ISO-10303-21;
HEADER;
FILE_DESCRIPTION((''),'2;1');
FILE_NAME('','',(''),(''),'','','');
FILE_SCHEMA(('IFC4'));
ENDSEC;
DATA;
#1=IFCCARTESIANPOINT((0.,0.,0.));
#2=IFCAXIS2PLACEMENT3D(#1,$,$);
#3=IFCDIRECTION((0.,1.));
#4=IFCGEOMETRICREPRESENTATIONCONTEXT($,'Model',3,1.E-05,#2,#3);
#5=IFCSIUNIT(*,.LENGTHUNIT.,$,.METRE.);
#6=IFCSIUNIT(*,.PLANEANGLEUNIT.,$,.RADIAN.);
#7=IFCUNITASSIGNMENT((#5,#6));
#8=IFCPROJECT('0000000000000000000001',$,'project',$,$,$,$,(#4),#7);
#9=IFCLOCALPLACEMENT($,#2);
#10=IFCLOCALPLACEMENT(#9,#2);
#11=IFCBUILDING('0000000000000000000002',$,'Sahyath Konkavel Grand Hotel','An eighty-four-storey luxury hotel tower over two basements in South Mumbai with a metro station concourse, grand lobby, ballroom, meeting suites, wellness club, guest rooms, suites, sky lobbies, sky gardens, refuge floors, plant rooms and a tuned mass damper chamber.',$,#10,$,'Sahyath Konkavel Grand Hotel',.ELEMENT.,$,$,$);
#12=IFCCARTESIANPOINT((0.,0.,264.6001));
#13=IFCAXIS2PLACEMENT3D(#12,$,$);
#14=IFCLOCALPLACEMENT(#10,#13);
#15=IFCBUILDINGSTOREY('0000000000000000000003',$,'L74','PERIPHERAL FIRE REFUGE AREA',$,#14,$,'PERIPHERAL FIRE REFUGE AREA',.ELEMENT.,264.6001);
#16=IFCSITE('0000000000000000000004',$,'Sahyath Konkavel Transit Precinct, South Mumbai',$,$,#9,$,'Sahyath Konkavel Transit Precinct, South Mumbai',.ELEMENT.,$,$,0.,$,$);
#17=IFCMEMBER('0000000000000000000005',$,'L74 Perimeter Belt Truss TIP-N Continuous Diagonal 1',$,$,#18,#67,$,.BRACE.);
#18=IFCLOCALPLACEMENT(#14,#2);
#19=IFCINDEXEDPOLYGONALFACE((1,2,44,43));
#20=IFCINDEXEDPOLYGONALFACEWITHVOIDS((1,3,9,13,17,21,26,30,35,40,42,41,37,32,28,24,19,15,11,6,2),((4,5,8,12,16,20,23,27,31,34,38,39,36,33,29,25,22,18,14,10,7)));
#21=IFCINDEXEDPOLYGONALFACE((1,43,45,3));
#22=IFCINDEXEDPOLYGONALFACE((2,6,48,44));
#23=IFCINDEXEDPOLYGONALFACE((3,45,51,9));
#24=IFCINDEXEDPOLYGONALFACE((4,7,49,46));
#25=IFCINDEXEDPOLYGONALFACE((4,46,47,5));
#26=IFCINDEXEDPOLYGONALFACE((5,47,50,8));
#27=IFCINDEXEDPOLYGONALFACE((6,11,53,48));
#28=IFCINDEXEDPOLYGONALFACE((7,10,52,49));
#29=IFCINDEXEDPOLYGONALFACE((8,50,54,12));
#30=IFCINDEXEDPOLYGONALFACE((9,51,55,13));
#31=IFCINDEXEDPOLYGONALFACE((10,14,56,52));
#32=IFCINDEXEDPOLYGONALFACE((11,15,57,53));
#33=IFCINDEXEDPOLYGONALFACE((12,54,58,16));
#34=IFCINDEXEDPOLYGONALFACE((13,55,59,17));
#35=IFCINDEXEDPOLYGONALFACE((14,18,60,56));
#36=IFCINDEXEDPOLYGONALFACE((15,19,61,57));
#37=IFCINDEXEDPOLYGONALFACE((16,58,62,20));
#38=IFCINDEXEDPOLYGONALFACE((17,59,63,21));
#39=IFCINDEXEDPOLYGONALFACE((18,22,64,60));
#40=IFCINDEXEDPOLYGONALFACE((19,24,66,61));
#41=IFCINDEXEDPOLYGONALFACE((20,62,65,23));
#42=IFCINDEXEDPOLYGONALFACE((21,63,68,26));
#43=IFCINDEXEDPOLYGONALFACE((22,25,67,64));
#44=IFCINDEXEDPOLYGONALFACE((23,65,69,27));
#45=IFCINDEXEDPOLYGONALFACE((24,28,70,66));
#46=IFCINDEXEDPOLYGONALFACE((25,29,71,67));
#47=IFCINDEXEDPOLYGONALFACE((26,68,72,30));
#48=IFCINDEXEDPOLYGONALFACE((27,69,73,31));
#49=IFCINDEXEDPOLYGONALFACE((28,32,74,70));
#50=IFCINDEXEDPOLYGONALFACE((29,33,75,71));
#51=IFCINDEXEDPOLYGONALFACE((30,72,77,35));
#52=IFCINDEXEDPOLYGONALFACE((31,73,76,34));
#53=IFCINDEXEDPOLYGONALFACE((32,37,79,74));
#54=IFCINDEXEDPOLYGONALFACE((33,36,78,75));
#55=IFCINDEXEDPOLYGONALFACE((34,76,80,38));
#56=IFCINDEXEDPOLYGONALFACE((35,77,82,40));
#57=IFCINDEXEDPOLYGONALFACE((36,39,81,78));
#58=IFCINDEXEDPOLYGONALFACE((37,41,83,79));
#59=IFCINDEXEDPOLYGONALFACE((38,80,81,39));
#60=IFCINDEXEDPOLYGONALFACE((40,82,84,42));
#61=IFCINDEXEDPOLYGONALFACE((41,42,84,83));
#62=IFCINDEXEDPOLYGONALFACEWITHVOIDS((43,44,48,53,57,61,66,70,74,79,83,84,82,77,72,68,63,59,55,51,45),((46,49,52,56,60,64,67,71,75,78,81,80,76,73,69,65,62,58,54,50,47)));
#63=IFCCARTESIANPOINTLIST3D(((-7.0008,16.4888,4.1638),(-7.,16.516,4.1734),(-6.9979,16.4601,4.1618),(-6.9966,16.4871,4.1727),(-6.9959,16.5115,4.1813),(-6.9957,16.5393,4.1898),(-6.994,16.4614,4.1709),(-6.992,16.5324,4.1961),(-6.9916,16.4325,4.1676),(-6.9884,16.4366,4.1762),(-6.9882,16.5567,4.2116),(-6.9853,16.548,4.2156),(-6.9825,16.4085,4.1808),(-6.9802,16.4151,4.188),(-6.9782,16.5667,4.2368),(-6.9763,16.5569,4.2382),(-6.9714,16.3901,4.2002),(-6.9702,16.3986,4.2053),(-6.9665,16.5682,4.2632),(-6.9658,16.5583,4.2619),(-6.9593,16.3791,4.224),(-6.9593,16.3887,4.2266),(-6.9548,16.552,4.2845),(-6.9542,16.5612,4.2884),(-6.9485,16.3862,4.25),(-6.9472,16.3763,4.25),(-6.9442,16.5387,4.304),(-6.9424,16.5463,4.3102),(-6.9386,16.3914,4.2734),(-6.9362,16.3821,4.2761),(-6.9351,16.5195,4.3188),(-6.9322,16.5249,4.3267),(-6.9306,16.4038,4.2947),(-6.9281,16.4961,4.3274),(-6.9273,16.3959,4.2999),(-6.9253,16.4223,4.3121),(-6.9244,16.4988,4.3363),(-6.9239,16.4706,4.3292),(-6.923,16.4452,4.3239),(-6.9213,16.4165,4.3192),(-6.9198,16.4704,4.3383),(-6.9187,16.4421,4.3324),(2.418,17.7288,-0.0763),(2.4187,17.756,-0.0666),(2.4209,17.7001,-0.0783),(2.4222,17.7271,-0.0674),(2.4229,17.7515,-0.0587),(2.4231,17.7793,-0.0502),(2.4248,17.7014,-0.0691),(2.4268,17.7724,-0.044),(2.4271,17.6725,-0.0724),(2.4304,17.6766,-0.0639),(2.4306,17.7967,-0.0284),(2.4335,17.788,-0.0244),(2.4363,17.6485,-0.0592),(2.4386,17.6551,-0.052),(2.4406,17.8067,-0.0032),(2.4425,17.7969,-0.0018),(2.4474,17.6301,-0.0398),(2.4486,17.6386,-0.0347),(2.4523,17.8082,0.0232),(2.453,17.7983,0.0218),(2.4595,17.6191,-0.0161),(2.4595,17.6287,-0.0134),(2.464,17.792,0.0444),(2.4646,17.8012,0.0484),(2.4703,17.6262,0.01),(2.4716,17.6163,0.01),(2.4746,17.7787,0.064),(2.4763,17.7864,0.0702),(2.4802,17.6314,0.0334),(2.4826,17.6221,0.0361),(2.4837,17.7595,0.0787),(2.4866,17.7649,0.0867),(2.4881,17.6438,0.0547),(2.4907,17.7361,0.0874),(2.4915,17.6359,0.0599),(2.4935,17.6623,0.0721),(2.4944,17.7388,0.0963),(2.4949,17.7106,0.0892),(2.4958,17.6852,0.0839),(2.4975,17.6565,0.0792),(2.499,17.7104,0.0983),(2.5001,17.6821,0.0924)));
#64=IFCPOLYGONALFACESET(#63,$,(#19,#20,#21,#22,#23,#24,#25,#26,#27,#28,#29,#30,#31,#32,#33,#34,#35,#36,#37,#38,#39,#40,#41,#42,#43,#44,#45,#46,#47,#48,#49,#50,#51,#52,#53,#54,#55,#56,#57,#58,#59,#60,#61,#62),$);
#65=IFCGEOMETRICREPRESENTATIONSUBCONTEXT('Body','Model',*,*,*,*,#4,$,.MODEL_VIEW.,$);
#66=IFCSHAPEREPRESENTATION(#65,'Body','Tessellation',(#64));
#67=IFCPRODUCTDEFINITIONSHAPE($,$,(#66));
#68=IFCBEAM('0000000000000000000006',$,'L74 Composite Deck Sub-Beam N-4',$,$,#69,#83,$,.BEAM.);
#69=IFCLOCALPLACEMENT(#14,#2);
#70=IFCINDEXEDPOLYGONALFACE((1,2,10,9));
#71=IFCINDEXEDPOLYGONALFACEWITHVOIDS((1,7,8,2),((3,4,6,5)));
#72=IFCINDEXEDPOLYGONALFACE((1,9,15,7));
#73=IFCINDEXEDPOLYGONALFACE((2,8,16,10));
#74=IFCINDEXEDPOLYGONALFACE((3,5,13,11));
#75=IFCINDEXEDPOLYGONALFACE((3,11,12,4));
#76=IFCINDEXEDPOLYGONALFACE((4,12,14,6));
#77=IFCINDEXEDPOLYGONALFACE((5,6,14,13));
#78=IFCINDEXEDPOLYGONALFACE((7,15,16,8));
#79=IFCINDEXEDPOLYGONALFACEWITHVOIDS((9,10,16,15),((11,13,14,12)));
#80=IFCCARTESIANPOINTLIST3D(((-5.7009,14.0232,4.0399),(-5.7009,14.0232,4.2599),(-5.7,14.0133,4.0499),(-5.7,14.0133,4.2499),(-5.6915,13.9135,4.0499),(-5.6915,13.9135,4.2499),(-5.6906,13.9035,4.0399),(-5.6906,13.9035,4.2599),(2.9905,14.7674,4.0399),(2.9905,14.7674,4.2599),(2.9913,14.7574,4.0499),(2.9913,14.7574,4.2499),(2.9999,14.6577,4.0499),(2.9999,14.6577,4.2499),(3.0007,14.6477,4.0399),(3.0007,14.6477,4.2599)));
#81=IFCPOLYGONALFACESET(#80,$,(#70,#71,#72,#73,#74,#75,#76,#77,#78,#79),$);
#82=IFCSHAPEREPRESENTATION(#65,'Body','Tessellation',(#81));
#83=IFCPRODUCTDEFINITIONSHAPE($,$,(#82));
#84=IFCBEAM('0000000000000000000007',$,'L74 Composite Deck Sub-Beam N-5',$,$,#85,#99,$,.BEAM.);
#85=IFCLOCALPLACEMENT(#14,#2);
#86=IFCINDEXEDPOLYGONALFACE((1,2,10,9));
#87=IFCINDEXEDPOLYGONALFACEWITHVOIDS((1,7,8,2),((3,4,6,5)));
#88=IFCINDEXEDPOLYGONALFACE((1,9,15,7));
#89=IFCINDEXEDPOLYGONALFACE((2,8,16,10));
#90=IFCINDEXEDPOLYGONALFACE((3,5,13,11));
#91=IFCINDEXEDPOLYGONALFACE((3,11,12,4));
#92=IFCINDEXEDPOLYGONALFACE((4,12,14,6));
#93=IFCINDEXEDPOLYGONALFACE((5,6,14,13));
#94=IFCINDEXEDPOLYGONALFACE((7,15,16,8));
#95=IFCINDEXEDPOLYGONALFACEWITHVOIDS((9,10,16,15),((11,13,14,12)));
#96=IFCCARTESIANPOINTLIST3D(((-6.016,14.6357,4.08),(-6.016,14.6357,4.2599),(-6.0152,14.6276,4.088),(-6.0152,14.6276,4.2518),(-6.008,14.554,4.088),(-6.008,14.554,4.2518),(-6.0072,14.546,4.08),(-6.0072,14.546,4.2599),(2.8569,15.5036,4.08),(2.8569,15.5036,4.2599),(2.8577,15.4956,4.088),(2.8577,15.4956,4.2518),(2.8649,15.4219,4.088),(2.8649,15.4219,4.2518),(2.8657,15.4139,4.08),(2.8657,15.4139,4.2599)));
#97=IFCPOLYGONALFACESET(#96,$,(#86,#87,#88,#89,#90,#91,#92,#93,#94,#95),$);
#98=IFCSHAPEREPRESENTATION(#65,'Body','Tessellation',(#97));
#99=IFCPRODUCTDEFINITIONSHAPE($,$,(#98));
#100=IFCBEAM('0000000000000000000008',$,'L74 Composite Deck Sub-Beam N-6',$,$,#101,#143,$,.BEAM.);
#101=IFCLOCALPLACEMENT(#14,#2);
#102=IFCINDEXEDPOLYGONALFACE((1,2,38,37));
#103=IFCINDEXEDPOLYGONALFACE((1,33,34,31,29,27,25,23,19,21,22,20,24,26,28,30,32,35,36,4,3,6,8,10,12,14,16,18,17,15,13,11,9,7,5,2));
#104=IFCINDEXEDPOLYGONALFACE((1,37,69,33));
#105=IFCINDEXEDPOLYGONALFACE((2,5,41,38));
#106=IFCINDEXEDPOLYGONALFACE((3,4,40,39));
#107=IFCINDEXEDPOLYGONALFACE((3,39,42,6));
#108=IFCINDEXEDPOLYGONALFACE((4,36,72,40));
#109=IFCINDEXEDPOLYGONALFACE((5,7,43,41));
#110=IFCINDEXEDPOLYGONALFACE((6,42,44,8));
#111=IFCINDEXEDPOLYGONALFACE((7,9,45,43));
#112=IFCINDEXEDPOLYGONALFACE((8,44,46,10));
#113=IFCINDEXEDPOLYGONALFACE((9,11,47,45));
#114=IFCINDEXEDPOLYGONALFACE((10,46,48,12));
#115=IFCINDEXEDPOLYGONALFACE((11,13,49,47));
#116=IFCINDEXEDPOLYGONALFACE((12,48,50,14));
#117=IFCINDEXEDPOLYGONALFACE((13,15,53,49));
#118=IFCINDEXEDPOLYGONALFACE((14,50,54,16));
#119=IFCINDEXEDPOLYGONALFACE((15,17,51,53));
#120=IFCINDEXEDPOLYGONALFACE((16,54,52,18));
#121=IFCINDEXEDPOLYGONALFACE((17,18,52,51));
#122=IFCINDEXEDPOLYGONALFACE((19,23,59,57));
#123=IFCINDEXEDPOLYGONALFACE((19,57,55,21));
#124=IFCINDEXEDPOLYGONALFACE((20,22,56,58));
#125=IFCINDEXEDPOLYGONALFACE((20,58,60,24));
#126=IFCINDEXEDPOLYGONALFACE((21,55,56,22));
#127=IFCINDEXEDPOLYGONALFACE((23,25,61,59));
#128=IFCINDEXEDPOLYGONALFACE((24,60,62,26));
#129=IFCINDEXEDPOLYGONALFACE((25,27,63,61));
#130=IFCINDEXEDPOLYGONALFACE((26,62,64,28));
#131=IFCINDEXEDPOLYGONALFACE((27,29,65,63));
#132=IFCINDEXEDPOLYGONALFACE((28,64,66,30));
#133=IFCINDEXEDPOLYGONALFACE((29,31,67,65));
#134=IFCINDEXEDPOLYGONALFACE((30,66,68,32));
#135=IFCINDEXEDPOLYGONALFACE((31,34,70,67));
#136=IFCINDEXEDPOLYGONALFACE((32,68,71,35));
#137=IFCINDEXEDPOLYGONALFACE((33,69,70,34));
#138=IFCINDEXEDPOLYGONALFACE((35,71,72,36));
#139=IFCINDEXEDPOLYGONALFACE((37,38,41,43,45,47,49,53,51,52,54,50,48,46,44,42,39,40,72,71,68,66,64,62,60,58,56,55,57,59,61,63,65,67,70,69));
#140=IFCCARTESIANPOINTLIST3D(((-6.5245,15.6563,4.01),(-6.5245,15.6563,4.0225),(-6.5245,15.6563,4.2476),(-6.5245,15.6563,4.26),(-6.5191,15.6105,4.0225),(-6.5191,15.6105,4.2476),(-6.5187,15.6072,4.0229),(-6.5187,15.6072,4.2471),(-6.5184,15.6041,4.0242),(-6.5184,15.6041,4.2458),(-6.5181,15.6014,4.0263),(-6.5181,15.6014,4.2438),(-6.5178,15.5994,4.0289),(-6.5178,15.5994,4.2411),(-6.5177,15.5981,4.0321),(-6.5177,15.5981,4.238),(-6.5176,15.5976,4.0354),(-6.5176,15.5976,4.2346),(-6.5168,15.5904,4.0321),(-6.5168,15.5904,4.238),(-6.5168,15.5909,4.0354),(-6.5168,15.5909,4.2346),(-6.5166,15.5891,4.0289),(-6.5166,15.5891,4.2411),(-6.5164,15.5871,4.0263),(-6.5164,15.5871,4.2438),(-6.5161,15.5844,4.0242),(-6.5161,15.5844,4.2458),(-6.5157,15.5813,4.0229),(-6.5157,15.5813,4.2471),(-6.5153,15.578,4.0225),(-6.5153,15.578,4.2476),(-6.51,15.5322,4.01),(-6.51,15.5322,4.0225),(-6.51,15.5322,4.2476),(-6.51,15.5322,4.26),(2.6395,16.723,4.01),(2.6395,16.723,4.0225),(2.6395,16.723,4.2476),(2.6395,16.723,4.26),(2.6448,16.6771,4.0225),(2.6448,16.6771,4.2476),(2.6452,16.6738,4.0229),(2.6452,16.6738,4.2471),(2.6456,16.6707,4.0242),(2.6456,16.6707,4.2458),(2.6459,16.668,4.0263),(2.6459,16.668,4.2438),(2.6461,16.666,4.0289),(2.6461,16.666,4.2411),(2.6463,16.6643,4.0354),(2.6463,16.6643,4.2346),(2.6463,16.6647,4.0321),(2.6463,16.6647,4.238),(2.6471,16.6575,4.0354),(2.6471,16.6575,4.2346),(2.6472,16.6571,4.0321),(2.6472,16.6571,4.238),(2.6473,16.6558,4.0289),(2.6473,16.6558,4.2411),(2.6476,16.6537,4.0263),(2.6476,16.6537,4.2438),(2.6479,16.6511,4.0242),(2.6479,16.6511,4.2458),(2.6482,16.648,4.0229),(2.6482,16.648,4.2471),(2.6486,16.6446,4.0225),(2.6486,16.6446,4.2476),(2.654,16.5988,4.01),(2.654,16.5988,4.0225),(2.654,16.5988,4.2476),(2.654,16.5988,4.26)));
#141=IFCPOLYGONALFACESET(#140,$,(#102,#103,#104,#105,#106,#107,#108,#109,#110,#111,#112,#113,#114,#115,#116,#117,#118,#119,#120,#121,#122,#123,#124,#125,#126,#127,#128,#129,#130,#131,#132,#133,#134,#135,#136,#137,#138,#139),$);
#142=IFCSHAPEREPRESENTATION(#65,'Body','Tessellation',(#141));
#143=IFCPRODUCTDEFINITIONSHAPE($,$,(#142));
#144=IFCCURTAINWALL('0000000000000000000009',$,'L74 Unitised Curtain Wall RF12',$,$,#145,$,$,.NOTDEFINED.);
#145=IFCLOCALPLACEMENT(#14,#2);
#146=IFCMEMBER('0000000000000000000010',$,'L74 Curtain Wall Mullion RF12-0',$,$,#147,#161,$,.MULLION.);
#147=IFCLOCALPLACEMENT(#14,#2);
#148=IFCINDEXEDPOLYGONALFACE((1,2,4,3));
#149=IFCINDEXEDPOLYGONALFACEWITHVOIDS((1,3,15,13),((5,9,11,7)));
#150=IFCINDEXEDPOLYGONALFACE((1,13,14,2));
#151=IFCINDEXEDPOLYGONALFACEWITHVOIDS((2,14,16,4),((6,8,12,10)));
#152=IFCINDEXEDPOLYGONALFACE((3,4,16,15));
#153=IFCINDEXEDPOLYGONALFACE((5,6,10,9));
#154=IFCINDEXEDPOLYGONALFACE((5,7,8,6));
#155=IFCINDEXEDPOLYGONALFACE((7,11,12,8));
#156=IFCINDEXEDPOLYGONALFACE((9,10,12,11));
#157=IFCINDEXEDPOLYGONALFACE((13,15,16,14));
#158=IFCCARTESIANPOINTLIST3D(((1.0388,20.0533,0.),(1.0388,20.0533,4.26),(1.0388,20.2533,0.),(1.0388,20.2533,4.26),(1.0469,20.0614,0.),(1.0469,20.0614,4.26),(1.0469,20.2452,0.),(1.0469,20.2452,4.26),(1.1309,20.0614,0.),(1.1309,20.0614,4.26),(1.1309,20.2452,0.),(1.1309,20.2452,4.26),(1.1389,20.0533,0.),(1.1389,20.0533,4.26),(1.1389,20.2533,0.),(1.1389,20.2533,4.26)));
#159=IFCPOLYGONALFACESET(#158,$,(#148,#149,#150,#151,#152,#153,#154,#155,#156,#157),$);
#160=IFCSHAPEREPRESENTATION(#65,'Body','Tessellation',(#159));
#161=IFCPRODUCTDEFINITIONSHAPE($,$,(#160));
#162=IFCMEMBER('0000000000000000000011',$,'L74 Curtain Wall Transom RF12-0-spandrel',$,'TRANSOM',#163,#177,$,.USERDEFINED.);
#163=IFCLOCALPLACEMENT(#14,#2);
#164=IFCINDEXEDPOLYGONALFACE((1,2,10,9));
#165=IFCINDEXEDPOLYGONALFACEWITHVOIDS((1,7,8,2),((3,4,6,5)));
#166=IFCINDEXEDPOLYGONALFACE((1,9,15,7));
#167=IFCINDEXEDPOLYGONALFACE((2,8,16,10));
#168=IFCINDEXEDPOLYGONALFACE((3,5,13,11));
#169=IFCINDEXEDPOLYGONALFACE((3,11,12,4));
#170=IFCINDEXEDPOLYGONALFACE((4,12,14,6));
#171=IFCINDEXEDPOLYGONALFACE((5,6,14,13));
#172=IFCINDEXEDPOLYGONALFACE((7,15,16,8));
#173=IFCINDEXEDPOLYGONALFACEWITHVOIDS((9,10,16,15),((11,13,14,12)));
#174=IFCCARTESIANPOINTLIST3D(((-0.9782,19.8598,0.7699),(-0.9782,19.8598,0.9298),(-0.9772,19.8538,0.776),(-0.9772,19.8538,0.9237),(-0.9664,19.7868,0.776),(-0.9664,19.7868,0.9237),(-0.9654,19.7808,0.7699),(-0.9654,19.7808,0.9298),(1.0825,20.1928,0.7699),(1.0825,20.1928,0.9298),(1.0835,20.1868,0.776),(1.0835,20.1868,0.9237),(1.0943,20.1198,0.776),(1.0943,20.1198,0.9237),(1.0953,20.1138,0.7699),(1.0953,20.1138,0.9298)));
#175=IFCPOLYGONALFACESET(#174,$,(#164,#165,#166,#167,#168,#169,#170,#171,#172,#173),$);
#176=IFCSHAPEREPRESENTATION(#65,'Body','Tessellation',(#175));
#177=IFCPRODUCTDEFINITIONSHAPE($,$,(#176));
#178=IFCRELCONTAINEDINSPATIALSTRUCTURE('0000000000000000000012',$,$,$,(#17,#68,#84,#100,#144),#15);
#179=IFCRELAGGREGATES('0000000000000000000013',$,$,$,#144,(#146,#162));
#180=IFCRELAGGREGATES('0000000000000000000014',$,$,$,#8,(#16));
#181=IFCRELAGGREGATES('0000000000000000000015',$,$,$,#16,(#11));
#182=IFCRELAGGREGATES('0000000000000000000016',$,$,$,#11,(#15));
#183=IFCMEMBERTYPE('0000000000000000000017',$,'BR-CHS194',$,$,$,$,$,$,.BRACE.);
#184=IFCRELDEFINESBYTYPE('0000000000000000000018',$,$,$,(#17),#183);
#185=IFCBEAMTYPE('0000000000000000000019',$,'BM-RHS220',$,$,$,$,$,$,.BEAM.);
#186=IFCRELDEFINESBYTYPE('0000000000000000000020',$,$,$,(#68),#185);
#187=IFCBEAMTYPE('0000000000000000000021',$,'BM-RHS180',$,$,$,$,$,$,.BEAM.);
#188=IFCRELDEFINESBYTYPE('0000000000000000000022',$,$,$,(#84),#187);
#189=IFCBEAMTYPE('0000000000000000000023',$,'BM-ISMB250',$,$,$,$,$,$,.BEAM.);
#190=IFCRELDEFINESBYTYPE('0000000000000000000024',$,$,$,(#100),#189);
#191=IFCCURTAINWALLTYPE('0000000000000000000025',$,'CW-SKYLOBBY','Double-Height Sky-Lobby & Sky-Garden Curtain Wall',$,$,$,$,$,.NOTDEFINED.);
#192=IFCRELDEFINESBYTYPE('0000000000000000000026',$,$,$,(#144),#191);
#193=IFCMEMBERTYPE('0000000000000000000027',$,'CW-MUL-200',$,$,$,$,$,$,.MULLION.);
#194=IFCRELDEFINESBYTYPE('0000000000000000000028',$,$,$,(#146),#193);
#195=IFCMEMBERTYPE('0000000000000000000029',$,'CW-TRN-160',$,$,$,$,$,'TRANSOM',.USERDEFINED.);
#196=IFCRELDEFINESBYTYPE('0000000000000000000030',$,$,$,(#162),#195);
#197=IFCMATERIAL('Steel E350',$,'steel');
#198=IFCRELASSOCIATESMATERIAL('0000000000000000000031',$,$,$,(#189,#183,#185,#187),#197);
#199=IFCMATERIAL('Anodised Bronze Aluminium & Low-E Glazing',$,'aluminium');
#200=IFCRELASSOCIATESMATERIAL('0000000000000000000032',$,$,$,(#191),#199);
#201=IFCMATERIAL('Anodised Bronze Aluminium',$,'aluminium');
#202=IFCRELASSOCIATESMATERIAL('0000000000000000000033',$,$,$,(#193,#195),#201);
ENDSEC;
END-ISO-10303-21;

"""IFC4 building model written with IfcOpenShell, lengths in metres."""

from ifc_helpers import new_model, si_unit, direction, frame, origin, origin_2d, place, context, subcontext, project, spatial, hollow_rectangle, hollow_circle, i_section, extrude, source, transform, mapped, material, material_profile, profile_set, type_object, element, aggregate, save


model = new_model("IFC4")

# Units and contexts
model_context = context("Model", 3, precision=1e-05, world=origin(), true_north=direction((0.0, 1.0)))
body_context = subcontext(model_context, "Body", "Model", "MODEL_VIEW")
ifc_project = project(units=[si_unit("LENGTHUNIT", "METRE"), si_unit("PLANEANGLEUNIT", "RADIAN")], contexts=[model_context])

# Site, building, storey
site_placement = place(None, origin())
site = spatial("IfcSite", under=ifc_project, at=site_placement, Name="Sahyath Konkavel Transit Precinct, South Mumbai", LongName="Sahyath Konkavel Transit Precinct, South Mumbai", CompositionType="ELEMENT", RefElevation=0.0)
building_placement = place(site_placement, origin())
building = spatial("IfcBuilding", under=site, at=building_placement, Name="Sahyath Konkavel Grand Hotel", Description="An eighty-four-storey luxury hotel tower over two basements in South Mumbai with a metro station concourse, grand lobby, ballroom, meeting suites, wellness club, guest rooms, suites, sky lobbies, sky gardens, refuge floors, plant rooms and a tuned mass damper chamber.", LongName="Sahyath Konkavel Grand Hotel", CompositionType="ELEMENT")
storey_placement = place(building_placement, frame((0.0, 0.0, 264.6001)))
storey = spatial("IfcBuildingStorey", under=building, at=storey_placement, Name="L74", Description="PERIPHERAL FIRE REFUGE AREA", LongName="PERIPHERAL FIRE REFUGE AREA", CompositionType="ELEMENT", Elevation=264.6001)

# Shared definitions
ifc_material_1 = material(Name="Steel E350", Category="steel")
ifc_material_profile_1 = material_profile(ifc_material_1, i_section(OverallWidth=0.125, OverallDepth=0.25, WebThickness=0.0068, FlangeThickness=0.0125, FilletRadius=0.0129, at=origin_2d()), Name="ISMB 250")
ifc_profile_set_1 = profile_set([ifc_material_profile_1], Name="Steel E350")
beam_type_1 = type_object("IfcBeamType", Name="BM-ISMB250", PredefinedType="BEAM", material=ifc_profile_set_1)

# Member
ifc_material_profile_2 = material_profile(ifc_material_1, hollow_circle(Radius=0.0969, WallThickness=0.01, at=origin_2d()), Name="CHS 193.7x10")
ifc_profile_set_2 = profile_set([ifc_material_profile_2], Name="Steel E350")
member_type_1 = type_object("IfcMemberType", Name="BR-CHS194", PredefinedType="BRACE", material=ifc_profile_set_2)
shared_shape_1 = source(origin(), body_context, "Body", "SweptSolid", [
    extrude(hollow_circle(Radius=0.0969, WallThickness=0.01, at=origin_2d()), origin(), (0.0, 0.0, 1.0), 10.4033),
])
member_1_placement = place(storey_placement, frame((2.459, 17.7124, 0.01), z_axis=(-0.905364, -0.119193, 0.407565), x_axis=(0.130526, -0.991445, 0.0)))
element("IfcMember", 1, at=member_1_placement, inside=storey, type_object=member_type_1, Name="L74 Perimeter Belt Truss TIP-N Continuous Diagonal 1", PredefinedType="BRACE", context=body_context, shape_type="MappedRepresentation", body=[
    mapped(shared_shape_1, transform((0.0, 0.0, 0.0), scale=1.0)),
])

# Beams
ifc_material_profile_3 = material_profile(ifc_material_1, hollow_rectangle(XDim=0.1201, YDim=0.22, WallThickness=0.01, at=origin_2d()), Name="RHS 220x120x10")
ifc_profile_set_3 = profile_set([ifc_material_profile_3], Name="Steel E350")
beam_type_2 = type_object("IfcBeamType", Name="BM-RHS220", PredefinedType="BEAM", material=ifc_profile_set_3)
shared_shape_2 = source(origin(), body_context, "Body", "SweptSolid", [
    extrude(hollow_rectangle(XDim=0.1201, YDim=0.22, WallThickness=0.01, at=origin_2d()), origin(), (0.0, 0.0, 1.0), 8.7231),
])
beam_1_placement = place(storey_placement, frame((2.9956, 14.7075, 4.1499), z_axis=(-0.996355, -0.085306, 0.0), x_axis=(0.085306, -0.996355, 0.0)))
element("IfcBeam", 2, at=beam_1_placement, inside=storey, type_object=beam_type_2, Name="L74 Composite Deck Sub-Beam N-4", PredefinedType="BEAM", context=body_context, shape_type="MappedRepresentation", body=[
    mapped(shared_shape_2, transform((0.0, 0.0, 0.0), scale=1.0)),
])
ifc_material_profile_4 = material_profile(ifc_material_1, hollow_rectangle(XDim=0.0901, YDim=0.1799, WallThickness=0.0081, at=origin_2d()), Name="RHS 180x90x8")
ifc_profile_set_4 = profile_set([ifc_material_profile_4], Name="Steel E350")
beam_type_3 = type_object("IfcBeamType", Name="BM-RHS180", PredefinedType="BEAM", material=ifc_profile_set_4)
shared_shape_3 = source(origin(), body_context, "Body", "SweptSolid", [
    extrude(hollow_rectangle(XDim=0.0901, YDim=0.1799, WallThickness=0.0081, at=origin_2d()), origin(), (0.0, 0.0, 1.0), 8.9153),
])
beam_2_placement = place(storey_placement, frame((2.8613, 15.4587, 4.1699), z_axis=(-0.99525, -0.097351, 0.0), x_axis=(0.097351, -0.99525, 0.0)))
element("IfcBeam", 3, at=beam_2_placement, inside=storey, type_object=beam_type_3, Name="L74 Composite Deck Sub-Beam N-5", PredefinedType="BEAM", context=body_context, shape_type="MappedRepresentation", body=[
    mapped(shared_shape_3, transform((0.0, 0.0, 0.0), scale=1.0)),
])
shared_shape_4 = source(origin(), body_context, "Body", "SweptSolid", [
    extrude(i_section(OverallWidth=0.125, OverallDepth=0.25, WebThickness=0.0068, FlangeThickness=0.0125, FilletRadius=0.0129, at=origin_2d()), origin(), (0.0, 0.0, 1.0), 9.2258),
])
beam_3_placement = place(storey_placement, frame((2.6467, 16.6609, 4.135), z_axis=(-0.993294, -0.115614, 0.0), x_axis=(0.115614, -0.993294, 0.0)))
element("IfcBeam", 4, at=beam_3_placement, inside=storey, type_object=beam_type_1, Name="L74 Composite Deck Sub-Beam N-6", PredefinedType="BEAM", context=body_context, shape_type="MappedRepresentation", body=[
    mapped(shared_shape_4, transform((0.0, 0.0, 0.0), scale=1.0)),
])

# Curtain wall, members
ifc_material_2 = material(Name="Anodised Bronze Aluminium & Low-E Glazing", Category="aluminium")
curtain_wall_type = type_object("IfcCurtainWallType", Name="CW-SKYLOBBY", Description="Double-Height Sky-Lobby & Sky-Garden Curtain Wall", PredefinedType="NOTDEFINED", material=ifc_material_2)
curtain_wall_placement = place(storey_placement, origin())
curtain_wall = element("IfcCurtainWall", 5, at=curtain_wall_placement, inside=storey, type_object=curtain_wall_type, Name="L74 Unitised Curtain Wall RF12", PredefinedType="NOTDEFINED")
ifc_material_3 = material(Name="Anodised Bronze Aluminium", Category="aluminium")
ifc_material_profile_5 = material_profile(ifc_material_3, hollow_rectangle(XDim=0.1001, YDim=0.2, WallThickness=0.0081, at=origin_2d()), Name="RHS 200x100x8")
ifc_profile_set_5 = profile_set([ifc_material_profile_5], Name="Anodised Bronze Aluminium")
member_type_2 = type_object("IfcMemberType", Name="CW-MUL-200", PredefinedType="MULLION", material=ifc_profile_set_5)
shared_shape_5 = source(origin(), body_context, "Body", "SweptSolid", [
    extrude(hollow_rectangle(XDim=0.1001, YDim=0.2, WallThickness=0.0081, at=origin_2d()), origin(), (0.0, 0.0, 1.0), 4.26),
])
member_2_placement = place(storey_placement, frame((1.0889, 20.1533, 0.0), z_axis=(0.0, 0.0, 1.0), x_axis=(1.0, 0.0, 0.0)))
member_2 = element("IfcMember", 6, at=member_2_placement, type_object=member_type_2, Name="L74 Curtain Wall Mullion RF12-0", PredefinedType="MULLION", context=body_context, shape_type="MappedRepresentation", body=[
    mapped(shared_shape_5, transform((0.0, 0.0, 0.0), scale=1.0)),
])
ifc_material_profile_6 = material_profile(ifc_material_3, hollow_rectangle(XDim=0.0801, YDim=0.1599, WallThickness=0.0061, at=origin_2d()), Name="RHS 160x80x6")
ifc_profile_set_6 = profile_set([ifc_material_profile_6], Name="Anodised Bronze Aluminium")
member_type_3 = type_object("IfcMemberType", Name="CW-TRN-160", ElementType="TRANSOM", PredefinedType="USERDEFINED", material=ifc_profile_set_6)
shared_shape_6 = source(origin(), body_context, "Body", "SweptSolid", [
    extrude(hollow_rectangle(XDim=0.0801, YDim=0.1599, WallThickness=0.0061, at=origin_2d()), origin(), (0.0, 0.0, 1.0), 2.0874),
])
member_3_placement = place(storey_placement, frame((1.0889, 20.1533, 0.8499), z_axis=(-0.987191, -0.159541, 0.0), x_axis=(0.159541, -0.987191, 0.0)))
member_3 = element("IfcMember", 7, at=member_3_placement, type_object=member_type_3, Name="L74 Curtain Wall Transom RF12-0-spandrel", ObjectType="TRANSOM", PredefinedType="USERDEFINED", context=body_context, shape_type="MappedRepresentation", body=[
    mapped(shared_shape_6, transform((0.0, 0.0, 0.0), scale=1.0)),
])

aggregate(curtain_wall, [member_2, member_3])

save(model, "model.ifc")
